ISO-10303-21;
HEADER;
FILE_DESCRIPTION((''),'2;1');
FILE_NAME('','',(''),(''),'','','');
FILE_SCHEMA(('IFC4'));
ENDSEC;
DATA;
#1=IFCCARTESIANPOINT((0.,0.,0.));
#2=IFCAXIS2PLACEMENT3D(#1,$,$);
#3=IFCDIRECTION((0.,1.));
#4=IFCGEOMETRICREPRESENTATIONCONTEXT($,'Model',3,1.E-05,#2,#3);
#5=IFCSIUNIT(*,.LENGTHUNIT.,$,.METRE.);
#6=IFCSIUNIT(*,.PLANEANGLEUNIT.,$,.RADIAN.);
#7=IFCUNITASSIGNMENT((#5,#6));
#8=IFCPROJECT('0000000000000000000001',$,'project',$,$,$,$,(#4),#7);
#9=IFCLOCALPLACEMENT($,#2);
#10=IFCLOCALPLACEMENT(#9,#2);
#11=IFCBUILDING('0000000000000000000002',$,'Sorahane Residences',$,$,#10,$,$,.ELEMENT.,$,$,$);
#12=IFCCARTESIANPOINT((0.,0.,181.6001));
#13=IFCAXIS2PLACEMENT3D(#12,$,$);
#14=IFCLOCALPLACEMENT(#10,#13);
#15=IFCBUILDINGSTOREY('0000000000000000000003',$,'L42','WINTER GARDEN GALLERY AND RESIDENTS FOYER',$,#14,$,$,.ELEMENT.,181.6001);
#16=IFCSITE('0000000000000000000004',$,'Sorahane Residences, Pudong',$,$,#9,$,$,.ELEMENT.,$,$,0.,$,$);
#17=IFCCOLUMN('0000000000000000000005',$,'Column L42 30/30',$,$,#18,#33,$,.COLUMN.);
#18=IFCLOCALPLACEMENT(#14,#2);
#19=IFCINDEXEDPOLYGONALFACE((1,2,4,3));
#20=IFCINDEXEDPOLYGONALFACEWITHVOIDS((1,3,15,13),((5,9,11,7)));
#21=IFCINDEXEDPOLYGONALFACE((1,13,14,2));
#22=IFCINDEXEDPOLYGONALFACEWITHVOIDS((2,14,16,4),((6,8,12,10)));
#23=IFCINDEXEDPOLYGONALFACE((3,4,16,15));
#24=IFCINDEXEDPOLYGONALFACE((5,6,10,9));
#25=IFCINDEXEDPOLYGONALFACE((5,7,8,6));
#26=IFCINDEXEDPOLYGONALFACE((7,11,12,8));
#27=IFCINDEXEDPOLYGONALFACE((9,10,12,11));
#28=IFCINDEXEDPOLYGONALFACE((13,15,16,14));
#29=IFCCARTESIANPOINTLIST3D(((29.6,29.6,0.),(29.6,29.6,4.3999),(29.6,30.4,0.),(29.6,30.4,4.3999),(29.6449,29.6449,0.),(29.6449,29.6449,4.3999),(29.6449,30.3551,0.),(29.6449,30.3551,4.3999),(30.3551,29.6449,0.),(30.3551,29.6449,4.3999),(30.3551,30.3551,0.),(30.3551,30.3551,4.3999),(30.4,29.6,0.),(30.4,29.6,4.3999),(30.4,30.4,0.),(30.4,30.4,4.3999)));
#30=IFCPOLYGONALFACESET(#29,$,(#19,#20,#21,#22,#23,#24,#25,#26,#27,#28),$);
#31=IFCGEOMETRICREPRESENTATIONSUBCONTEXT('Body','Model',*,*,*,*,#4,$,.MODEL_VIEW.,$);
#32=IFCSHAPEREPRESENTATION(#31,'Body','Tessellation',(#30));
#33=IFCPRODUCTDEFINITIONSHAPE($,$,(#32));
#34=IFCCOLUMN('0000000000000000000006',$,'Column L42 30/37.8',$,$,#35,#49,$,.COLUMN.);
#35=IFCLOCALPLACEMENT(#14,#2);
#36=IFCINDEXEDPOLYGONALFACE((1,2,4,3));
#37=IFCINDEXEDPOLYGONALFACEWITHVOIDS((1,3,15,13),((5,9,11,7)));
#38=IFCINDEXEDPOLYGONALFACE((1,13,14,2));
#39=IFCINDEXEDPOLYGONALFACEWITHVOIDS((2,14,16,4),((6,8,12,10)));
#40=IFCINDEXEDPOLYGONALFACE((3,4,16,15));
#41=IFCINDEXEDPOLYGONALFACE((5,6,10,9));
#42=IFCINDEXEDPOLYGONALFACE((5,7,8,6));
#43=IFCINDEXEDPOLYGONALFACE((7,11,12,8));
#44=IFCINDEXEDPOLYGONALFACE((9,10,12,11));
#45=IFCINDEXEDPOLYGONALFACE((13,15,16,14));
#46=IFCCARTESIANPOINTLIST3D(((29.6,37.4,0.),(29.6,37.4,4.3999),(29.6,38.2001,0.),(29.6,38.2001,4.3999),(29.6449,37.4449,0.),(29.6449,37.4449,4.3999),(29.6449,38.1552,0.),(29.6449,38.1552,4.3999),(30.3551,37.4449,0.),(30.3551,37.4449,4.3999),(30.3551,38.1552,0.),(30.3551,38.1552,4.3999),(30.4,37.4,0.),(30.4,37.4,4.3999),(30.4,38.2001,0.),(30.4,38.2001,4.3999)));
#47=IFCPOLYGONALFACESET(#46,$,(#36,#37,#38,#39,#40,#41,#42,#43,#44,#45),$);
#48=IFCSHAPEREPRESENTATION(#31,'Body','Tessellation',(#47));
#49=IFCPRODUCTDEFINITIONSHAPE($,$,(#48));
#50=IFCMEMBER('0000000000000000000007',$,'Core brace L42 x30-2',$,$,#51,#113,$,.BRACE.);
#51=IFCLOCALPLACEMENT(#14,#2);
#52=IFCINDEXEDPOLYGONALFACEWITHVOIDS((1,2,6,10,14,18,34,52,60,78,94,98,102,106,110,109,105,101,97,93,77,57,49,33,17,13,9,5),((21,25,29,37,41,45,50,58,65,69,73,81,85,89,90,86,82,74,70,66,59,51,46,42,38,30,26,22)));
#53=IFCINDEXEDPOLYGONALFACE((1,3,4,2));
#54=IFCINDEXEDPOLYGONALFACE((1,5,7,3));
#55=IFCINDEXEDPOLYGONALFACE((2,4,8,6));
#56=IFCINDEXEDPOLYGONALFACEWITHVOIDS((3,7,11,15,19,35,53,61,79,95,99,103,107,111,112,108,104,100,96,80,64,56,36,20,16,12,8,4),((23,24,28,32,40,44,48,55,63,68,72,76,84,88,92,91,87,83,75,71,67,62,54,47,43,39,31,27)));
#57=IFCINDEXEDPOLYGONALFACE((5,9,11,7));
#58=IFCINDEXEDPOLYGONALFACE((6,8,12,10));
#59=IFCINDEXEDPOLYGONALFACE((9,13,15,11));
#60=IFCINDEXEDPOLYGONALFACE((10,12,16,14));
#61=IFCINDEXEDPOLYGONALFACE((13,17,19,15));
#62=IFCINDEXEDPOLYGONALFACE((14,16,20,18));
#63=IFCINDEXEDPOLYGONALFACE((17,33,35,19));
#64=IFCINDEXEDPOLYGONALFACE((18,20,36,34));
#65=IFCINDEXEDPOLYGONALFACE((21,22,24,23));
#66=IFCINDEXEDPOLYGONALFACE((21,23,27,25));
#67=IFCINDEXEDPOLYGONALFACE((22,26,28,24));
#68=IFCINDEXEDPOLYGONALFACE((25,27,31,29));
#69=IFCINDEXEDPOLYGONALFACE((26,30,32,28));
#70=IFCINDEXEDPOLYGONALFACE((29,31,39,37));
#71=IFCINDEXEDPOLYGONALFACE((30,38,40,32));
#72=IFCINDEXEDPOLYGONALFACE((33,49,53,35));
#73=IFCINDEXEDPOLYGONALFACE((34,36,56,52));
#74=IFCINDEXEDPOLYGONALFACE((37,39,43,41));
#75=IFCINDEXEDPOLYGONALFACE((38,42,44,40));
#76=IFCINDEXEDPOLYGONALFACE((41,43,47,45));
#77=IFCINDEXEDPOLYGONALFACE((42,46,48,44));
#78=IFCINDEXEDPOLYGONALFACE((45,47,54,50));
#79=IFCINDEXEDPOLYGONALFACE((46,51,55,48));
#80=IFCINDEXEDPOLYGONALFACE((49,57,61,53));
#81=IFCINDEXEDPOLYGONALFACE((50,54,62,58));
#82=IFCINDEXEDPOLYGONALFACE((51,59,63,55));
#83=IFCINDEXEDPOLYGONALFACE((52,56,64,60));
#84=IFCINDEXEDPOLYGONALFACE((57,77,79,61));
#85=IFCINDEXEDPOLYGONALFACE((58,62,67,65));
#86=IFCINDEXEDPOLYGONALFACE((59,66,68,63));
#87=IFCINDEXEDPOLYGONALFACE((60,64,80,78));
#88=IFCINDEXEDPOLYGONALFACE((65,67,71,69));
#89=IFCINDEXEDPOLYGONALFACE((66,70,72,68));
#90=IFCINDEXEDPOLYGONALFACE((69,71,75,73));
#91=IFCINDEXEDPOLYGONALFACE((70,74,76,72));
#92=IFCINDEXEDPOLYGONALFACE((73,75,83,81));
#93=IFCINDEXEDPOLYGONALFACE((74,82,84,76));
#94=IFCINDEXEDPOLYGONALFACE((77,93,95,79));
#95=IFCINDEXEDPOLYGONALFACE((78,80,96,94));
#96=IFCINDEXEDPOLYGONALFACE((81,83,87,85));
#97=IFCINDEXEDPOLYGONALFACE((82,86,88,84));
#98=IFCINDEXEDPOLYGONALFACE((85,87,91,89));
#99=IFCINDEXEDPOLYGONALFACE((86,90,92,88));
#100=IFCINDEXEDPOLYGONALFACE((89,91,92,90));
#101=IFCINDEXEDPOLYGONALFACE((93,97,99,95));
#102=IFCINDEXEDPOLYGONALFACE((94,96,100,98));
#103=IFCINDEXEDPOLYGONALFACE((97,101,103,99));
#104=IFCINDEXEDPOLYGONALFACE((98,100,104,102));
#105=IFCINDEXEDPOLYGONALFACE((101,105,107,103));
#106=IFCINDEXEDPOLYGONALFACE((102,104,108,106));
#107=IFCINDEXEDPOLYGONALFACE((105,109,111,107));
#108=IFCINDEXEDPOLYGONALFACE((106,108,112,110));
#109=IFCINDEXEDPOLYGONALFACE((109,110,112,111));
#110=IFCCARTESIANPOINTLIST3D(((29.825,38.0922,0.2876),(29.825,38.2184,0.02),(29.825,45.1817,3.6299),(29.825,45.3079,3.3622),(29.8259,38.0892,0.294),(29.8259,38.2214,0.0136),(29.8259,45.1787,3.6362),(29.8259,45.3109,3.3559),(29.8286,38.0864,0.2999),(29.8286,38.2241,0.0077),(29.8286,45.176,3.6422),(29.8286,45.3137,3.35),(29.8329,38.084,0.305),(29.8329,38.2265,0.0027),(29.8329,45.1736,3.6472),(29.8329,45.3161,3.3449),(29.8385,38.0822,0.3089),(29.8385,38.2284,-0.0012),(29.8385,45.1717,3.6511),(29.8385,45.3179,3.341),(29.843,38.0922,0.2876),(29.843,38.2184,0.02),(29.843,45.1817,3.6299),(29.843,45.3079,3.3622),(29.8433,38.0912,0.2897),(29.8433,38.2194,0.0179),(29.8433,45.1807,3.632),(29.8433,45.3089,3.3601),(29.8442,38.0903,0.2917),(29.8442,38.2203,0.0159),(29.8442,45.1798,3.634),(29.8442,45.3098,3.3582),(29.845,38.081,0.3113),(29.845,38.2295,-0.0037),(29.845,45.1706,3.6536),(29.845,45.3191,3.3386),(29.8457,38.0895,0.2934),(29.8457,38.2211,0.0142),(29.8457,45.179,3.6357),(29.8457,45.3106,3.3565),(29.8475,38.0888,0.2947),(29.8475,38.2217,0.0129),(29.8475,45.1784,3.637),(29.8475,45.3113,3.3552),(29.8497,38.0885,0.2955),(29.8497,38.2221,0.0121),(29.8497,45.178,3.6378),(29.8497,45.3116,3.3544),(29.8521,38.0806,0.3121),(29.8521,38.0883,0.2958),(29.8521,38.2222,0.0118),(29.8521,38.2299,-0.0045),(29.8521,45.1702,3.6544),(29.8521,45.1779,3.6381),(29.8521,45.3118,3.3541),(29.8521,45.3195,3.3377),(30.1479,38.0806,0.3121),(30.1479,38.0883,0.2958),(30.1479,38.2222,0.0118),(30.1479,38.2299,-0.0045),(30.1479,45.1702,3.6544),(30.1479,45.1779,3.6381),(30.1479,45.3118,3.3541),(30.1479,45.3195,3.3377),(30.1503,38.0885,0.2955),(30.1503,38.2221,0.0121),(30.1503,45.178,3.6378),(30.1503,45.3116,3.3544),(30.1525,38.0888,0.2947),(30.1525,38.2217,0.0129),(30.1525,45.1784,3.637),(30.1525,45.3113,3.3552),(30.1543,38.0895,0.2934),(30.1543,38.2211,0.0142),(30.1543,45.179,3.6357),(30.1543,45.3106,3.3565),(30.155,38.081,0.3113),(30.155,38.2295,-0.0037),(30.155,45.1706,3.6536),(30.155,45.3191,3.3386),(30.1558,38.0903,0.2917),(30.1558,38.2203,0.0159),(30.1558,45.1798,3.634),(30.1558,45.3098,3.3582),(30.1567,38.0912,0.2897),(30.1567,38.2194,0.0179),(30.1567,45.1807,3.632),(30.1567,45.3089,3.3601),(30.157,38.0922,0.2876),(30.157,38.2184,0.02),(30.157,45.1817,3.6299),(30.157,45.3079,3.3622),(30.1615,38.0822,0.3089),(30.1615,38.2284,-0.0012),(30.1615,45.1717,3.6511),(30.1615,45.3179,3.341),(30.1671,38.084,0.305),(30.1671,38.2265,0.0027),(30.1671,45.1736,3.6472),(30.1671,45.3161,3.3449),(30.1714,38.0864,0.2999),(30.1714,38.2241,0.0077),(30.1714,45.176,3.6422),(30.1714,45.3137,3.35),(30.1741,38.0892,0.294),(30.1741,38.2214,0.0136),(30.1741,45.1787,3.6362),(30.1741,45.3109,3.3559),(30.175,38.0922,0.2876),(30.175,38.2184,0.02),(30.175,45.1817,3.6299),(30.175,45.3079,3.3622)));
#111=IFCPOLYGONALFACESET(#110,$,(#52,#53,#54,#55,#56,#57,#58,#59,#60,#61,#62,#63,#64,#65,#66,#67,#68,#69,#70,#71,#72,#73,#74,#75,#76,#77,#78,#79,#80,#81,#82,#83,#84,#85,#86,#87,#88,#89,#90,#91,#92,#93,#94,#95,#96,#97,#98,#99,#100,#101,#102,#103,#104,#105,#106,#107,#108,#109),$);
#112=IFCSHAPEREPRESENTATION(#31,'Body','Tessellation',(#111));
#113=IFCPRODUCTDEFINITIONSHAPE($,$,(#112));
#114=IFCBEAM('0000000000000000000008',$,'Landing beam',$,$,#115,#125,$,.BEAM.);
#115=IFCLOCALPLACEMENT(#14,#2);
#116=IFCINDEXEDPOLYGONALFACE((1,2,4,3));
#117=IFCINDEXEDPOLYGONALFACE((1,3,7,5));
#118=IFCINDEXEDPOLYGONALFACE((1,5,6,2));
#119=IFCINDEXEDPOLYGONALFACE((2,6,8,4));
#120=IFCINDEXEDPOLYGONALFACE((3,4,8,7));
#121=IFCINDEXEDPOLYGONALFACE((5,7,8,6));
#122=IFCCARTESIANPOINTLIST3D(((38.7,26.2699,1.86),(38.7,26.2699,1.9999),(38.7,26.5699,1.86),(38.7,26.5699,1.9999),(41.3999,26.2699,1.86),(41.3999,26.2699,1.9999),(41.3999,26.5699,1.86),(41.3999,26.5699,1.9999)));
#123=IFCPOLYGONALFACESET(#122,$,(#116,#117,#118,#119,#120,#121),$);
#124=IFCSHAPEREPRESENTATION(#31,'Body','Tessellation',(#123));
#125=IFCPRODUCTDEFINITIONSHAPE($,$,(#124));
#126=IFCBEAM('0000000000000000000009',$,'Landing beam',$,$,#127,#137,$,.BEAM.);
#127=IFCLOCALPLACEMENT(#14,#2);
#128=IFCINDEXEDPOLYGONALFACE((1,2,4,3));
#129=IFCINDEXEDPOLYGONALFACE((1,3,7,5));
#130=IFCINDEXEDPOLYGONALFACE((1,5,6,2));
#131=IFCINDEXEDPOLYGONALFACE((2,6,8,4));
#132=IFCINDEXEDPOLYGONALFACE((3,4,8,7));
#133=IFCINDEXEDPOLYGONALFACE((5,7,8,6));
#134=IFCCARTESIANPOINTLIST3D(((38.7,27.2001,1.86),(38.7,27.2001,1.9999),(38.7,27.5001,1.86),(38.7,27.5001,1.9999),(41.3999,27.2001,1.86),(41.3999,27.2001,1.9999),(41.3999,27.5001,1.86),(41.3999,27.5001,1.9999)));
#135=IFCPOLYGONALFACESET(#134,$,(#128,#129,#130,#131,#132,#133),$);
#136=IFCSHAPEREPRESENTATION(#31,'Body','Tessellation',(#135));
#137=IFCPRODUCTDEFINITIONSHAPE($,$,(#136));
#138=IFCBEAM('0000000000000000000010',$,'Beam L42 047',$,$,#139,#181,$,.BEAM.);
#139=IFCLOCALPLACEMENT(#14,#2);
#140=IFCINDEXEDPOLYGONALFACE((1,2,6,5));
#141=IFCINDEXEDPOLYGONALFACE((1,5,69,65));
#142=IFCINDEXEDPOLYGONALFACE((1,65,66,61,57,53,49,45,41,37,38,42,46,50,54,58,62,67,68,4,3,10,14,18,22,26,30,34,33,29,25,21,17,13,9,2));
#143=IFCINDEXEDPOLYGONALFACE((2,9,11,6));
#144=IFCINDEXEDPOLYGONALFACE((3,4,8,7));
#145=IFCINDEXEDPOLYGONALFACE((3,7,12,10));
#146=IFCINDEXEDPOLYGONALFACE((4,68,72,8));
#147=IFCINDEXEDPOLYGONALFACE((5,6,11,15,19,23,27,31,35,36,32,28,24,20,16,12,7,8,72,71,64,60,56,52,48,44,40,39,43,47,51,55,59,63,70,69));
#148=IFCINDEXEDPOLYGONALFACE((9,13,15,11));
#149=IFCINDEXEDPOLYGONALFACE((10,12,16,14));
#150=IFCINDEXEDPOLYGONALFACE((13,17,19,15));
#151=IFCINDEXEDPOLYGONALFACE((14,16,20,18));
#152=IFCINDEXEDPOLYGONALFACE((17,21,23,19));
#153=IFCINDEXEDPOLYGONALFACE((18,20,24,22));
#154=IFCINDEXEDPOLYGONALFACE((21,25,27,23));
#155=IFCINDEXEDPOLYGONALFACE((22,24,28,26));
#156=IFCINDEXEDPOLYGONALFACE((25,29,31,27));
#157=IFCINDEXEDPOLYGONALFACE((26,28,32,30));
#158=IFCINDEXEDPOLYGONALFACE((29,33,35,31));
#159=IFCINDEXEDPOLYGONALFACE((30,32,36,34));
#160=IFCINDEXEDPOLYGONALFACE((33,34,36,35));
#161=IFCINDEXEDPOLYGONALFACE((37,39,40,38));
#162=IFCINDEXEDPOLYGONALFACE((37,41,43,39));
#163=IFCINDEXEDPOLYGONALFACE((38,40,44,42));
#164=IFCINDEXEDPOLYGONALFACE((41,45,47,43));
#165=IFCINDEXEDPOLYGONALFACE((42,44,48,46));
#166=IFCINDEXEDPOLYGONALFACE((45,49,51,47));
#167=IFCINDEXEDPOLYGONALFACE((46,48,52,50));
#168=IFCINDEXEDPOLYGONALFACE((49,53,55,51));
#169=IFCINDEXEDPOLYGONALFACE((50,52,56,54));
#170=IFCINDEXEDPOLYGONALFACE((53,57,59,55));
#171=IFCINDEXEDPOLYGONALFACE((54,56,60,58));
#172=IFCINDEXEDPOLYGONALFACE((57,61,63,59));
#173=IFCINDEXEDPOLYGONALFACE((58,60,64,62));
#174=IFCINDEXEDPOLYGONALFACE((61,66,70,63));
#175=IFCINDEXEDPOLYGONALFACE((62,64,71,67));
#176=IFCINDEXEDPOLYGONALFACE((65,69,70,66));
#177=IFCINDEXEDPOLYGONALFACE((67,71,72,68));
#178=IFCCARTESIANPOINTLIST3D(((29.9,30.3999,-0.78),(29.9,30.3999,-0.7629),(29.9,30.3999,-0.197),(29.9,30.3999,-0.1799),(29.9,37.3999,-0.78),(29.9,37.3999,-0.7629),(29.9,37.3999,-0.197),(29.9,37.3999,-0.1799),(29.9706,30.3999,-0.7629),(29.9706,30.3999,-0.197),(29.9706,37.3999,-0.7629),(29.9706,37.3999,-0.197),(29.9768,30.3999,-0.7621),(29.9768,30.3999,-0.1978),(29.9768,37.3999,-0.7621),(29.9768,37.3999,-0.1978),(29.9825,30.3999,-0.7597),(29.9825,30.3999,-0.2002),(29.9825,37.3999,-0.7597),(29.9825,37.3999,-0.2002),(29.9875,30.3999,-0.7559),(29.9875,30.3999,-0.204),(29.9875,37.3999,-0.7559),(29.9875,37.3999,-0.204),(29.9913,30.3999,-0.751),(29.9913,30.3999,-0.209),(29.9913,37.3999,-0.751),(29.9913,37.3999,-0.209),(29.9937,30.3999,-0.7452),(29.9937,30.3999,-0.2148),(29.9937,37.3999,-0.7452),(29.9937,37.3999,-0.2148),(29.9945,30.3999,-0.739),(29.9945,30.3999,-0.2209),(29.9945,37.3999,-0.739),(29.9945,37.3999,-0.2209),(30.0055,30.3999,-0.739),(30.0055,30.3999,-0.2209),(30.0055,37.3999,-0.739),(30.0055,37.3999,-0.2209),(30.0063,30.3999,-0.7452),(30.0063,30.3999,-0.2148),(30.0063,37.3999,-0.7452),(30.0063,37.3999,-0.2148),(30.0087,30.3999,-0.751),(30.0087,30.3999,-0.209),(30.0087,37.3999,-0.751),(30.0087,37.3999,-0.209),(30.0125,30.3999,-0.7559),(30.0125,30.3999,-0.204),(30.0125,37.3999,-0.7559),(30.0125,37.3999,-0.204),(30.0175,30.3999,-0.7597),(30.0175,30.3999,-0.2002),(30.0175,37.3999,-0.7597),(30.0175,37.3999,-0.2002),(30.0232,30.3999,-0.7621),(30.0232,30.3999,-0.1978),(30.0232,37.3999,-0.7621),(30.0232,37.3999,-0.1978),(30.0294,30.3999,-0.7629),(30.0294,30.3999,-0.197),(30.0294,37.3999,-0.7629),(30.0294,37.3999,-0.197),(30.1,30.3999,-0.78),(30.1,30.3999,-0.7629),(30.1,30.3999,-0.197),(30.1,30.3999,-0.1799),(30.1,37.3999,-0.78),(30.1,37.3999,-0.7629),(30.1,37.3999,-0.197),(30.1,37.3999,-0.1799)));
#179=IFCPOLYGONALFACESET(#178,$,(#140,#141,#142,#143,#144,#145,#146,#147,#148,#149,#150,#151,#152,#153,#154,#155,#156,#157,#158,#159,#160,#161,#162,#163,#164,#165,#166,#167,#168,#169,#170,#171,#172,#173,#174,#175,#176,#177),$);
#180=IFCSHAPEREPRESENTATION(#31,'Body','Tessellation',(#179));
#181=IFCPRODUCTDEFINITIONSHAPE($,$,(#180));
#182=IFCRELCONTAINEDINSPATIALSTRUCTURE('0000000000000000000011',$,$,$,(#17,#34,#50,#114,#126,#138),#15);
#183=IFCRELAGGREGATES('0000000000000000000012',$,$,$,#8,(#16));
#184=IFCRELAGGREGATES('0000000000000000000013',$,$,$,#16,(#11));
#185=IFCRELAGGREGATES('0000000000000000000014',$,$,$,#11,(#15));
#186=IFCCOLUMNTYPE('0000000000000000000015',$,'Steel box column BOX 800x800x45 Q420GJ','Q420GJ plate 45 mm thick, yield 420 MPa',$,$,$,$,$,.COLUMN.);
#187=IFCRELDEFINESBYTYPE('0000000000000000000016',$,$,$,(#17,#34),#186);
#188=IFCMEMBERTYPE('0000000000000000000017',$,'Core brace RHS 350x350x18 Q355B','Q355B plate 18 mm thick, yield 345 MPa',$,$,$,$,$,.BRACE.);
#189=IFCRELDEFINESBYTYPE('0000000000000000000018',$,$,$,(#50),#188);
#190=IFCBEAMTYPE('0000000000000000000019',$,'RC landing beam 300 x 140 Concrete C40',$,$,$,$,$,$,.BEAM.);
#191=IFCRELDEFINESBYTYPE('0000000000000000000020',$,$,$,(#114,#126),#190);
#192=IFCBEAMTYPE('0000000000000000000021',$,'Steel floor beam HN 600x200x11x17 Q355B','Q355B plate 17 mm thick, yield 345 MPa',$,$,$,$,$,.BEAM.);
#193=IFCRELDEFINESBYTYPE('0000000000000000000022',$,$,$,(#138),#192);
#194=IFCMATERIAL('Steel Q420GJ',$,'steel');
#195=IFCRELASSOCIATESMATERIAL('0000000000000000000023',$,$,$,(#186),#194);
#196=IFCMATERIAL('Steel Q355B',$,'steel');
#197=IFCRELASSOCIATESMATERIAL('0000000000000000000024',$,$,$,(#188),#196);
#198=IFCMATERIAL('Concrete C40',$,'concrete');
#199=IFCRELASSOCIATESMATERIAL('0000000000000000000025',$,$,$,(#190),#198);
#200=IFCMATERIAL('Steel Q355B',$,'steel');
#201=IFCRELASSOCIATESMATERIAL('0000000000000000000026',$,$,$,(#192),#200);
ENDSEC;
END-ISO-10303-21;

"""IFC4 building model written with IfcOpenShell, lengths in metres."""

from ifc_helpers import new_model, si_unit, direction, frame, origin, origin_2d, place, context, subcontext, project, spatial, rectangle, hollow_rectangle, i_section, extrude, material, material_profile, profile_set, type_object, element, save


model = new_model("IFC4")

# Units and contexts
model_context = context("Model", 3, precision=1e-05, world=origin(), true_north=direction((0.0, 1.0)))
body_context = subcontext(model_context, "Body", "Model", "MODEL_VIEW")
ifc_project = project(units=[si_unit("LENGTHUNIT", "METRE"), si_unit("PLANEANGLEUNIT", "RADIAN")], contexts=[model_context])

# Site, building, storey
site_placement = place(None, origin())
site = spatial("IfcSite", under=ifc_project, at=site_placement, Name="Sorahane Residences, Pudong", CompositionType="ELEMENT", RefElevation=0.0)
building_placement = place(site_placement, origin())
building = spatial("IfcBuilding", under=site, at=building_placement, Name="Sorahane Residences", CompositionType="ELEMENT")
storey_placement = place(building_placement, frame((0.0, 0.0, 181.6001)))
storey = spatial("IfcBuildingStorey", under=building, at=storey_placement, Name="L42", Description="WINTER GARDEN GALLERY AND RESIDENTS FOYER", CompositionType="ELEMENT", Elevation=181.6001)

# Columns
ifc_material_1 = material(Name="Steel Q420GJ", Category="steel")
ifc_material_profile_1 = material_profile(ifc_material_1, hollow_rectangle(XDim=0.8, YDim=0.8, WallThickness=0.0449, at=origin_2d()), Name="BOX 800x800x45")
ifc_profile_set_1 = profile_set([ifc_material_profile_1], Name="Steel Q420GJ")
column_type = type_object("IfcColumnType", Name="Steel box column BOX 800x800x45 Q420GJ", Description="Q420GJ plate 45 mm thick, yield 420 MPa", PredefinedType="COLUMN", material=ifc_profile_set_1)
for number, where, z_axis, x_axis, name in (
    (1, (30.0, 30.0, 0.0), (0.0, 0.0, 1.0), (1.0, 0.0, 0.0), "Column L42 30/30"),
    (2, (30.0, 37.8, 0.0), (0.0, 0.0, 1.0), (1.0, 0.0, 0.0), "Column L42 30/37.8"),
):
    element("IfcColumn", number, at=place(storey_placement, frame(where, z_axis=z_axis, x_axis=x_axis)), inside=storey, type_object=column_type, Name=name, PredefinedType="COLUMN", context=body_context, shape_type="SweptSolid", body=[
        extrude(hollow_rectangle(XDim=0.8, YDim=0.8, WallThickness=0.0449, at=origin_2d()), origin(), (0.0, 0.0, 1.0), 4.3999),
    ])

# Member
ifc_material_2 = material(Name="Steel Q355B", Category="steel")
ifc_material_profile_2 = material_profile(ifc_material_2, hollow_rectangle(XDim=0.3501, YDim=0.3501, WallThickness=0.0181, InnerFilletRadius=0.009, OuterFilletRadius=0.0271, at=origin_2d()), Name="RHS 350x350x18")
ifc_profile_set_2 = profile_set([ifc_material_profile_2], Name="Steel Q355B")
member_type = type_object("IfcMemberType", Name="Core brace RHS 350x350x18 Q355B", Description="Q355B plate 18 mm thick, yield 345 MPa", PredefinedType="BRACE", material=ifc_profile_set_2)
member_placement = place(storey_placement, frame((30.0, 38.1553, 0.1538), z_axis=(0.0, 0.904523, 0.426424), x_axis=(-1.0, 0.0, 0.0)))
element("IfcMember", 3, at=member_placement, inside=storey, type_object=member_type, Name="Core brace L42 x30-2", PredefinedType="BRACE", context=body_context, shape_type="SweptSolid", body=[
    extrude(hollow_rectangle(XDim=0.3501, YDim=0.3501, WallThickness=0.0181, InnerFilletRadius=0.009, OuterFilletRadius=0.0271, at=origin_2d()), origin(), (0.0, 0.0, 1.0), 7.8379),
])

# Beams
ifc_material_3 = material(Name="Concrete C40", Category="concrete")
ifc_material_profile_3 = material_profile(ifc_material_3, rectangle(XDim=0.3, YDim=0.1399, at=origin_2d()), Name="300x140")
ifc_profile_set_3 = profile_set([ifc_material_profile_3], Name="Concrete C40")
beam_type_1 = type_object("IfcBeamType", Name="RC landing beam 300 x 140 Concrete C40", PredefinedType="BEAM", material=ifc_profile_set_3)
for number, where, z_axis, x_axis, name in (
    (4, (38.7, 26.4199, 1.9299), (1.0, 0.0, 0.0), (0.0, 1.0, 0.0), "Landing beam"),
    (5, (38.7, 27.3501, 1.9299), (1.0, 0.0, 0.0), (0.0, 1.0, 0.0), "Landing beam"),
):
    element("IfcBeam", number, at=place(storey_placement, frame(where, z_axis=z_axis, x_axis=x_axis)), inside=storey, type_object=beam_type_1, Name=name, PredefinedType="BEAM", context=body_context, shape_type="SweptSolid", body=[
        extrude(rectangle(XDim=0.3, YDim=0.1399, at=origin_2d()), origin(), (0.0, 0.0, 1.0), 2.7),
    ])
ifc_material_4 = material(Name="Steel Q355B", Category="steel")
ifc_material_profile_4 = material_profile(ifc_material_4, i_section(OverallWidth=0.2, OverallDepth=0.6001, WebThickness=0.011, FlangeThickness=0.0171, FilletRadius=0.0239, at=origin_2d()), Name="HN 600x200x11x17")
ifc_profile_set_4 = profile_set([ifc_material_profile_4], Name="Steel Q355B")
beam_type_2 = type_object("IfcBeamType", Name="Steel floor beam HN 600x200x11x17 Q355B", Description="Q355B plate 17 mm thick, yield 345 MPa", PredefinedType="BEAM", material=ifc_profile_set_4)
for number, where, z_axis, x_axis, name in (
    (6, (30.0, 30.3999, -0.48), (0.0, 1.0, 0.0), (-1.0, 0.0, 0.0), "Beam L42 047"),
):
    element("IfcBeam", number, at=place(storey_placement, frame(where, z_axis=z_axis, x_axis=x_axis)), inside=storey, type_object=beam_type_2, Name=name, PredefinedType="BEAM", context=body_context, shape_type="SweptSolid", body=[
        extrude(i_section(OverallWidth=0.2, OverallDepth=0.6001, WebThickness=0.011, FlangeThickness=0.0171, FilletRadius=0.0239, at=origin_2d()), origin(), (0.0, 0.0, 1.0), 7.0),
    ])

save(model, "model.ifc")
